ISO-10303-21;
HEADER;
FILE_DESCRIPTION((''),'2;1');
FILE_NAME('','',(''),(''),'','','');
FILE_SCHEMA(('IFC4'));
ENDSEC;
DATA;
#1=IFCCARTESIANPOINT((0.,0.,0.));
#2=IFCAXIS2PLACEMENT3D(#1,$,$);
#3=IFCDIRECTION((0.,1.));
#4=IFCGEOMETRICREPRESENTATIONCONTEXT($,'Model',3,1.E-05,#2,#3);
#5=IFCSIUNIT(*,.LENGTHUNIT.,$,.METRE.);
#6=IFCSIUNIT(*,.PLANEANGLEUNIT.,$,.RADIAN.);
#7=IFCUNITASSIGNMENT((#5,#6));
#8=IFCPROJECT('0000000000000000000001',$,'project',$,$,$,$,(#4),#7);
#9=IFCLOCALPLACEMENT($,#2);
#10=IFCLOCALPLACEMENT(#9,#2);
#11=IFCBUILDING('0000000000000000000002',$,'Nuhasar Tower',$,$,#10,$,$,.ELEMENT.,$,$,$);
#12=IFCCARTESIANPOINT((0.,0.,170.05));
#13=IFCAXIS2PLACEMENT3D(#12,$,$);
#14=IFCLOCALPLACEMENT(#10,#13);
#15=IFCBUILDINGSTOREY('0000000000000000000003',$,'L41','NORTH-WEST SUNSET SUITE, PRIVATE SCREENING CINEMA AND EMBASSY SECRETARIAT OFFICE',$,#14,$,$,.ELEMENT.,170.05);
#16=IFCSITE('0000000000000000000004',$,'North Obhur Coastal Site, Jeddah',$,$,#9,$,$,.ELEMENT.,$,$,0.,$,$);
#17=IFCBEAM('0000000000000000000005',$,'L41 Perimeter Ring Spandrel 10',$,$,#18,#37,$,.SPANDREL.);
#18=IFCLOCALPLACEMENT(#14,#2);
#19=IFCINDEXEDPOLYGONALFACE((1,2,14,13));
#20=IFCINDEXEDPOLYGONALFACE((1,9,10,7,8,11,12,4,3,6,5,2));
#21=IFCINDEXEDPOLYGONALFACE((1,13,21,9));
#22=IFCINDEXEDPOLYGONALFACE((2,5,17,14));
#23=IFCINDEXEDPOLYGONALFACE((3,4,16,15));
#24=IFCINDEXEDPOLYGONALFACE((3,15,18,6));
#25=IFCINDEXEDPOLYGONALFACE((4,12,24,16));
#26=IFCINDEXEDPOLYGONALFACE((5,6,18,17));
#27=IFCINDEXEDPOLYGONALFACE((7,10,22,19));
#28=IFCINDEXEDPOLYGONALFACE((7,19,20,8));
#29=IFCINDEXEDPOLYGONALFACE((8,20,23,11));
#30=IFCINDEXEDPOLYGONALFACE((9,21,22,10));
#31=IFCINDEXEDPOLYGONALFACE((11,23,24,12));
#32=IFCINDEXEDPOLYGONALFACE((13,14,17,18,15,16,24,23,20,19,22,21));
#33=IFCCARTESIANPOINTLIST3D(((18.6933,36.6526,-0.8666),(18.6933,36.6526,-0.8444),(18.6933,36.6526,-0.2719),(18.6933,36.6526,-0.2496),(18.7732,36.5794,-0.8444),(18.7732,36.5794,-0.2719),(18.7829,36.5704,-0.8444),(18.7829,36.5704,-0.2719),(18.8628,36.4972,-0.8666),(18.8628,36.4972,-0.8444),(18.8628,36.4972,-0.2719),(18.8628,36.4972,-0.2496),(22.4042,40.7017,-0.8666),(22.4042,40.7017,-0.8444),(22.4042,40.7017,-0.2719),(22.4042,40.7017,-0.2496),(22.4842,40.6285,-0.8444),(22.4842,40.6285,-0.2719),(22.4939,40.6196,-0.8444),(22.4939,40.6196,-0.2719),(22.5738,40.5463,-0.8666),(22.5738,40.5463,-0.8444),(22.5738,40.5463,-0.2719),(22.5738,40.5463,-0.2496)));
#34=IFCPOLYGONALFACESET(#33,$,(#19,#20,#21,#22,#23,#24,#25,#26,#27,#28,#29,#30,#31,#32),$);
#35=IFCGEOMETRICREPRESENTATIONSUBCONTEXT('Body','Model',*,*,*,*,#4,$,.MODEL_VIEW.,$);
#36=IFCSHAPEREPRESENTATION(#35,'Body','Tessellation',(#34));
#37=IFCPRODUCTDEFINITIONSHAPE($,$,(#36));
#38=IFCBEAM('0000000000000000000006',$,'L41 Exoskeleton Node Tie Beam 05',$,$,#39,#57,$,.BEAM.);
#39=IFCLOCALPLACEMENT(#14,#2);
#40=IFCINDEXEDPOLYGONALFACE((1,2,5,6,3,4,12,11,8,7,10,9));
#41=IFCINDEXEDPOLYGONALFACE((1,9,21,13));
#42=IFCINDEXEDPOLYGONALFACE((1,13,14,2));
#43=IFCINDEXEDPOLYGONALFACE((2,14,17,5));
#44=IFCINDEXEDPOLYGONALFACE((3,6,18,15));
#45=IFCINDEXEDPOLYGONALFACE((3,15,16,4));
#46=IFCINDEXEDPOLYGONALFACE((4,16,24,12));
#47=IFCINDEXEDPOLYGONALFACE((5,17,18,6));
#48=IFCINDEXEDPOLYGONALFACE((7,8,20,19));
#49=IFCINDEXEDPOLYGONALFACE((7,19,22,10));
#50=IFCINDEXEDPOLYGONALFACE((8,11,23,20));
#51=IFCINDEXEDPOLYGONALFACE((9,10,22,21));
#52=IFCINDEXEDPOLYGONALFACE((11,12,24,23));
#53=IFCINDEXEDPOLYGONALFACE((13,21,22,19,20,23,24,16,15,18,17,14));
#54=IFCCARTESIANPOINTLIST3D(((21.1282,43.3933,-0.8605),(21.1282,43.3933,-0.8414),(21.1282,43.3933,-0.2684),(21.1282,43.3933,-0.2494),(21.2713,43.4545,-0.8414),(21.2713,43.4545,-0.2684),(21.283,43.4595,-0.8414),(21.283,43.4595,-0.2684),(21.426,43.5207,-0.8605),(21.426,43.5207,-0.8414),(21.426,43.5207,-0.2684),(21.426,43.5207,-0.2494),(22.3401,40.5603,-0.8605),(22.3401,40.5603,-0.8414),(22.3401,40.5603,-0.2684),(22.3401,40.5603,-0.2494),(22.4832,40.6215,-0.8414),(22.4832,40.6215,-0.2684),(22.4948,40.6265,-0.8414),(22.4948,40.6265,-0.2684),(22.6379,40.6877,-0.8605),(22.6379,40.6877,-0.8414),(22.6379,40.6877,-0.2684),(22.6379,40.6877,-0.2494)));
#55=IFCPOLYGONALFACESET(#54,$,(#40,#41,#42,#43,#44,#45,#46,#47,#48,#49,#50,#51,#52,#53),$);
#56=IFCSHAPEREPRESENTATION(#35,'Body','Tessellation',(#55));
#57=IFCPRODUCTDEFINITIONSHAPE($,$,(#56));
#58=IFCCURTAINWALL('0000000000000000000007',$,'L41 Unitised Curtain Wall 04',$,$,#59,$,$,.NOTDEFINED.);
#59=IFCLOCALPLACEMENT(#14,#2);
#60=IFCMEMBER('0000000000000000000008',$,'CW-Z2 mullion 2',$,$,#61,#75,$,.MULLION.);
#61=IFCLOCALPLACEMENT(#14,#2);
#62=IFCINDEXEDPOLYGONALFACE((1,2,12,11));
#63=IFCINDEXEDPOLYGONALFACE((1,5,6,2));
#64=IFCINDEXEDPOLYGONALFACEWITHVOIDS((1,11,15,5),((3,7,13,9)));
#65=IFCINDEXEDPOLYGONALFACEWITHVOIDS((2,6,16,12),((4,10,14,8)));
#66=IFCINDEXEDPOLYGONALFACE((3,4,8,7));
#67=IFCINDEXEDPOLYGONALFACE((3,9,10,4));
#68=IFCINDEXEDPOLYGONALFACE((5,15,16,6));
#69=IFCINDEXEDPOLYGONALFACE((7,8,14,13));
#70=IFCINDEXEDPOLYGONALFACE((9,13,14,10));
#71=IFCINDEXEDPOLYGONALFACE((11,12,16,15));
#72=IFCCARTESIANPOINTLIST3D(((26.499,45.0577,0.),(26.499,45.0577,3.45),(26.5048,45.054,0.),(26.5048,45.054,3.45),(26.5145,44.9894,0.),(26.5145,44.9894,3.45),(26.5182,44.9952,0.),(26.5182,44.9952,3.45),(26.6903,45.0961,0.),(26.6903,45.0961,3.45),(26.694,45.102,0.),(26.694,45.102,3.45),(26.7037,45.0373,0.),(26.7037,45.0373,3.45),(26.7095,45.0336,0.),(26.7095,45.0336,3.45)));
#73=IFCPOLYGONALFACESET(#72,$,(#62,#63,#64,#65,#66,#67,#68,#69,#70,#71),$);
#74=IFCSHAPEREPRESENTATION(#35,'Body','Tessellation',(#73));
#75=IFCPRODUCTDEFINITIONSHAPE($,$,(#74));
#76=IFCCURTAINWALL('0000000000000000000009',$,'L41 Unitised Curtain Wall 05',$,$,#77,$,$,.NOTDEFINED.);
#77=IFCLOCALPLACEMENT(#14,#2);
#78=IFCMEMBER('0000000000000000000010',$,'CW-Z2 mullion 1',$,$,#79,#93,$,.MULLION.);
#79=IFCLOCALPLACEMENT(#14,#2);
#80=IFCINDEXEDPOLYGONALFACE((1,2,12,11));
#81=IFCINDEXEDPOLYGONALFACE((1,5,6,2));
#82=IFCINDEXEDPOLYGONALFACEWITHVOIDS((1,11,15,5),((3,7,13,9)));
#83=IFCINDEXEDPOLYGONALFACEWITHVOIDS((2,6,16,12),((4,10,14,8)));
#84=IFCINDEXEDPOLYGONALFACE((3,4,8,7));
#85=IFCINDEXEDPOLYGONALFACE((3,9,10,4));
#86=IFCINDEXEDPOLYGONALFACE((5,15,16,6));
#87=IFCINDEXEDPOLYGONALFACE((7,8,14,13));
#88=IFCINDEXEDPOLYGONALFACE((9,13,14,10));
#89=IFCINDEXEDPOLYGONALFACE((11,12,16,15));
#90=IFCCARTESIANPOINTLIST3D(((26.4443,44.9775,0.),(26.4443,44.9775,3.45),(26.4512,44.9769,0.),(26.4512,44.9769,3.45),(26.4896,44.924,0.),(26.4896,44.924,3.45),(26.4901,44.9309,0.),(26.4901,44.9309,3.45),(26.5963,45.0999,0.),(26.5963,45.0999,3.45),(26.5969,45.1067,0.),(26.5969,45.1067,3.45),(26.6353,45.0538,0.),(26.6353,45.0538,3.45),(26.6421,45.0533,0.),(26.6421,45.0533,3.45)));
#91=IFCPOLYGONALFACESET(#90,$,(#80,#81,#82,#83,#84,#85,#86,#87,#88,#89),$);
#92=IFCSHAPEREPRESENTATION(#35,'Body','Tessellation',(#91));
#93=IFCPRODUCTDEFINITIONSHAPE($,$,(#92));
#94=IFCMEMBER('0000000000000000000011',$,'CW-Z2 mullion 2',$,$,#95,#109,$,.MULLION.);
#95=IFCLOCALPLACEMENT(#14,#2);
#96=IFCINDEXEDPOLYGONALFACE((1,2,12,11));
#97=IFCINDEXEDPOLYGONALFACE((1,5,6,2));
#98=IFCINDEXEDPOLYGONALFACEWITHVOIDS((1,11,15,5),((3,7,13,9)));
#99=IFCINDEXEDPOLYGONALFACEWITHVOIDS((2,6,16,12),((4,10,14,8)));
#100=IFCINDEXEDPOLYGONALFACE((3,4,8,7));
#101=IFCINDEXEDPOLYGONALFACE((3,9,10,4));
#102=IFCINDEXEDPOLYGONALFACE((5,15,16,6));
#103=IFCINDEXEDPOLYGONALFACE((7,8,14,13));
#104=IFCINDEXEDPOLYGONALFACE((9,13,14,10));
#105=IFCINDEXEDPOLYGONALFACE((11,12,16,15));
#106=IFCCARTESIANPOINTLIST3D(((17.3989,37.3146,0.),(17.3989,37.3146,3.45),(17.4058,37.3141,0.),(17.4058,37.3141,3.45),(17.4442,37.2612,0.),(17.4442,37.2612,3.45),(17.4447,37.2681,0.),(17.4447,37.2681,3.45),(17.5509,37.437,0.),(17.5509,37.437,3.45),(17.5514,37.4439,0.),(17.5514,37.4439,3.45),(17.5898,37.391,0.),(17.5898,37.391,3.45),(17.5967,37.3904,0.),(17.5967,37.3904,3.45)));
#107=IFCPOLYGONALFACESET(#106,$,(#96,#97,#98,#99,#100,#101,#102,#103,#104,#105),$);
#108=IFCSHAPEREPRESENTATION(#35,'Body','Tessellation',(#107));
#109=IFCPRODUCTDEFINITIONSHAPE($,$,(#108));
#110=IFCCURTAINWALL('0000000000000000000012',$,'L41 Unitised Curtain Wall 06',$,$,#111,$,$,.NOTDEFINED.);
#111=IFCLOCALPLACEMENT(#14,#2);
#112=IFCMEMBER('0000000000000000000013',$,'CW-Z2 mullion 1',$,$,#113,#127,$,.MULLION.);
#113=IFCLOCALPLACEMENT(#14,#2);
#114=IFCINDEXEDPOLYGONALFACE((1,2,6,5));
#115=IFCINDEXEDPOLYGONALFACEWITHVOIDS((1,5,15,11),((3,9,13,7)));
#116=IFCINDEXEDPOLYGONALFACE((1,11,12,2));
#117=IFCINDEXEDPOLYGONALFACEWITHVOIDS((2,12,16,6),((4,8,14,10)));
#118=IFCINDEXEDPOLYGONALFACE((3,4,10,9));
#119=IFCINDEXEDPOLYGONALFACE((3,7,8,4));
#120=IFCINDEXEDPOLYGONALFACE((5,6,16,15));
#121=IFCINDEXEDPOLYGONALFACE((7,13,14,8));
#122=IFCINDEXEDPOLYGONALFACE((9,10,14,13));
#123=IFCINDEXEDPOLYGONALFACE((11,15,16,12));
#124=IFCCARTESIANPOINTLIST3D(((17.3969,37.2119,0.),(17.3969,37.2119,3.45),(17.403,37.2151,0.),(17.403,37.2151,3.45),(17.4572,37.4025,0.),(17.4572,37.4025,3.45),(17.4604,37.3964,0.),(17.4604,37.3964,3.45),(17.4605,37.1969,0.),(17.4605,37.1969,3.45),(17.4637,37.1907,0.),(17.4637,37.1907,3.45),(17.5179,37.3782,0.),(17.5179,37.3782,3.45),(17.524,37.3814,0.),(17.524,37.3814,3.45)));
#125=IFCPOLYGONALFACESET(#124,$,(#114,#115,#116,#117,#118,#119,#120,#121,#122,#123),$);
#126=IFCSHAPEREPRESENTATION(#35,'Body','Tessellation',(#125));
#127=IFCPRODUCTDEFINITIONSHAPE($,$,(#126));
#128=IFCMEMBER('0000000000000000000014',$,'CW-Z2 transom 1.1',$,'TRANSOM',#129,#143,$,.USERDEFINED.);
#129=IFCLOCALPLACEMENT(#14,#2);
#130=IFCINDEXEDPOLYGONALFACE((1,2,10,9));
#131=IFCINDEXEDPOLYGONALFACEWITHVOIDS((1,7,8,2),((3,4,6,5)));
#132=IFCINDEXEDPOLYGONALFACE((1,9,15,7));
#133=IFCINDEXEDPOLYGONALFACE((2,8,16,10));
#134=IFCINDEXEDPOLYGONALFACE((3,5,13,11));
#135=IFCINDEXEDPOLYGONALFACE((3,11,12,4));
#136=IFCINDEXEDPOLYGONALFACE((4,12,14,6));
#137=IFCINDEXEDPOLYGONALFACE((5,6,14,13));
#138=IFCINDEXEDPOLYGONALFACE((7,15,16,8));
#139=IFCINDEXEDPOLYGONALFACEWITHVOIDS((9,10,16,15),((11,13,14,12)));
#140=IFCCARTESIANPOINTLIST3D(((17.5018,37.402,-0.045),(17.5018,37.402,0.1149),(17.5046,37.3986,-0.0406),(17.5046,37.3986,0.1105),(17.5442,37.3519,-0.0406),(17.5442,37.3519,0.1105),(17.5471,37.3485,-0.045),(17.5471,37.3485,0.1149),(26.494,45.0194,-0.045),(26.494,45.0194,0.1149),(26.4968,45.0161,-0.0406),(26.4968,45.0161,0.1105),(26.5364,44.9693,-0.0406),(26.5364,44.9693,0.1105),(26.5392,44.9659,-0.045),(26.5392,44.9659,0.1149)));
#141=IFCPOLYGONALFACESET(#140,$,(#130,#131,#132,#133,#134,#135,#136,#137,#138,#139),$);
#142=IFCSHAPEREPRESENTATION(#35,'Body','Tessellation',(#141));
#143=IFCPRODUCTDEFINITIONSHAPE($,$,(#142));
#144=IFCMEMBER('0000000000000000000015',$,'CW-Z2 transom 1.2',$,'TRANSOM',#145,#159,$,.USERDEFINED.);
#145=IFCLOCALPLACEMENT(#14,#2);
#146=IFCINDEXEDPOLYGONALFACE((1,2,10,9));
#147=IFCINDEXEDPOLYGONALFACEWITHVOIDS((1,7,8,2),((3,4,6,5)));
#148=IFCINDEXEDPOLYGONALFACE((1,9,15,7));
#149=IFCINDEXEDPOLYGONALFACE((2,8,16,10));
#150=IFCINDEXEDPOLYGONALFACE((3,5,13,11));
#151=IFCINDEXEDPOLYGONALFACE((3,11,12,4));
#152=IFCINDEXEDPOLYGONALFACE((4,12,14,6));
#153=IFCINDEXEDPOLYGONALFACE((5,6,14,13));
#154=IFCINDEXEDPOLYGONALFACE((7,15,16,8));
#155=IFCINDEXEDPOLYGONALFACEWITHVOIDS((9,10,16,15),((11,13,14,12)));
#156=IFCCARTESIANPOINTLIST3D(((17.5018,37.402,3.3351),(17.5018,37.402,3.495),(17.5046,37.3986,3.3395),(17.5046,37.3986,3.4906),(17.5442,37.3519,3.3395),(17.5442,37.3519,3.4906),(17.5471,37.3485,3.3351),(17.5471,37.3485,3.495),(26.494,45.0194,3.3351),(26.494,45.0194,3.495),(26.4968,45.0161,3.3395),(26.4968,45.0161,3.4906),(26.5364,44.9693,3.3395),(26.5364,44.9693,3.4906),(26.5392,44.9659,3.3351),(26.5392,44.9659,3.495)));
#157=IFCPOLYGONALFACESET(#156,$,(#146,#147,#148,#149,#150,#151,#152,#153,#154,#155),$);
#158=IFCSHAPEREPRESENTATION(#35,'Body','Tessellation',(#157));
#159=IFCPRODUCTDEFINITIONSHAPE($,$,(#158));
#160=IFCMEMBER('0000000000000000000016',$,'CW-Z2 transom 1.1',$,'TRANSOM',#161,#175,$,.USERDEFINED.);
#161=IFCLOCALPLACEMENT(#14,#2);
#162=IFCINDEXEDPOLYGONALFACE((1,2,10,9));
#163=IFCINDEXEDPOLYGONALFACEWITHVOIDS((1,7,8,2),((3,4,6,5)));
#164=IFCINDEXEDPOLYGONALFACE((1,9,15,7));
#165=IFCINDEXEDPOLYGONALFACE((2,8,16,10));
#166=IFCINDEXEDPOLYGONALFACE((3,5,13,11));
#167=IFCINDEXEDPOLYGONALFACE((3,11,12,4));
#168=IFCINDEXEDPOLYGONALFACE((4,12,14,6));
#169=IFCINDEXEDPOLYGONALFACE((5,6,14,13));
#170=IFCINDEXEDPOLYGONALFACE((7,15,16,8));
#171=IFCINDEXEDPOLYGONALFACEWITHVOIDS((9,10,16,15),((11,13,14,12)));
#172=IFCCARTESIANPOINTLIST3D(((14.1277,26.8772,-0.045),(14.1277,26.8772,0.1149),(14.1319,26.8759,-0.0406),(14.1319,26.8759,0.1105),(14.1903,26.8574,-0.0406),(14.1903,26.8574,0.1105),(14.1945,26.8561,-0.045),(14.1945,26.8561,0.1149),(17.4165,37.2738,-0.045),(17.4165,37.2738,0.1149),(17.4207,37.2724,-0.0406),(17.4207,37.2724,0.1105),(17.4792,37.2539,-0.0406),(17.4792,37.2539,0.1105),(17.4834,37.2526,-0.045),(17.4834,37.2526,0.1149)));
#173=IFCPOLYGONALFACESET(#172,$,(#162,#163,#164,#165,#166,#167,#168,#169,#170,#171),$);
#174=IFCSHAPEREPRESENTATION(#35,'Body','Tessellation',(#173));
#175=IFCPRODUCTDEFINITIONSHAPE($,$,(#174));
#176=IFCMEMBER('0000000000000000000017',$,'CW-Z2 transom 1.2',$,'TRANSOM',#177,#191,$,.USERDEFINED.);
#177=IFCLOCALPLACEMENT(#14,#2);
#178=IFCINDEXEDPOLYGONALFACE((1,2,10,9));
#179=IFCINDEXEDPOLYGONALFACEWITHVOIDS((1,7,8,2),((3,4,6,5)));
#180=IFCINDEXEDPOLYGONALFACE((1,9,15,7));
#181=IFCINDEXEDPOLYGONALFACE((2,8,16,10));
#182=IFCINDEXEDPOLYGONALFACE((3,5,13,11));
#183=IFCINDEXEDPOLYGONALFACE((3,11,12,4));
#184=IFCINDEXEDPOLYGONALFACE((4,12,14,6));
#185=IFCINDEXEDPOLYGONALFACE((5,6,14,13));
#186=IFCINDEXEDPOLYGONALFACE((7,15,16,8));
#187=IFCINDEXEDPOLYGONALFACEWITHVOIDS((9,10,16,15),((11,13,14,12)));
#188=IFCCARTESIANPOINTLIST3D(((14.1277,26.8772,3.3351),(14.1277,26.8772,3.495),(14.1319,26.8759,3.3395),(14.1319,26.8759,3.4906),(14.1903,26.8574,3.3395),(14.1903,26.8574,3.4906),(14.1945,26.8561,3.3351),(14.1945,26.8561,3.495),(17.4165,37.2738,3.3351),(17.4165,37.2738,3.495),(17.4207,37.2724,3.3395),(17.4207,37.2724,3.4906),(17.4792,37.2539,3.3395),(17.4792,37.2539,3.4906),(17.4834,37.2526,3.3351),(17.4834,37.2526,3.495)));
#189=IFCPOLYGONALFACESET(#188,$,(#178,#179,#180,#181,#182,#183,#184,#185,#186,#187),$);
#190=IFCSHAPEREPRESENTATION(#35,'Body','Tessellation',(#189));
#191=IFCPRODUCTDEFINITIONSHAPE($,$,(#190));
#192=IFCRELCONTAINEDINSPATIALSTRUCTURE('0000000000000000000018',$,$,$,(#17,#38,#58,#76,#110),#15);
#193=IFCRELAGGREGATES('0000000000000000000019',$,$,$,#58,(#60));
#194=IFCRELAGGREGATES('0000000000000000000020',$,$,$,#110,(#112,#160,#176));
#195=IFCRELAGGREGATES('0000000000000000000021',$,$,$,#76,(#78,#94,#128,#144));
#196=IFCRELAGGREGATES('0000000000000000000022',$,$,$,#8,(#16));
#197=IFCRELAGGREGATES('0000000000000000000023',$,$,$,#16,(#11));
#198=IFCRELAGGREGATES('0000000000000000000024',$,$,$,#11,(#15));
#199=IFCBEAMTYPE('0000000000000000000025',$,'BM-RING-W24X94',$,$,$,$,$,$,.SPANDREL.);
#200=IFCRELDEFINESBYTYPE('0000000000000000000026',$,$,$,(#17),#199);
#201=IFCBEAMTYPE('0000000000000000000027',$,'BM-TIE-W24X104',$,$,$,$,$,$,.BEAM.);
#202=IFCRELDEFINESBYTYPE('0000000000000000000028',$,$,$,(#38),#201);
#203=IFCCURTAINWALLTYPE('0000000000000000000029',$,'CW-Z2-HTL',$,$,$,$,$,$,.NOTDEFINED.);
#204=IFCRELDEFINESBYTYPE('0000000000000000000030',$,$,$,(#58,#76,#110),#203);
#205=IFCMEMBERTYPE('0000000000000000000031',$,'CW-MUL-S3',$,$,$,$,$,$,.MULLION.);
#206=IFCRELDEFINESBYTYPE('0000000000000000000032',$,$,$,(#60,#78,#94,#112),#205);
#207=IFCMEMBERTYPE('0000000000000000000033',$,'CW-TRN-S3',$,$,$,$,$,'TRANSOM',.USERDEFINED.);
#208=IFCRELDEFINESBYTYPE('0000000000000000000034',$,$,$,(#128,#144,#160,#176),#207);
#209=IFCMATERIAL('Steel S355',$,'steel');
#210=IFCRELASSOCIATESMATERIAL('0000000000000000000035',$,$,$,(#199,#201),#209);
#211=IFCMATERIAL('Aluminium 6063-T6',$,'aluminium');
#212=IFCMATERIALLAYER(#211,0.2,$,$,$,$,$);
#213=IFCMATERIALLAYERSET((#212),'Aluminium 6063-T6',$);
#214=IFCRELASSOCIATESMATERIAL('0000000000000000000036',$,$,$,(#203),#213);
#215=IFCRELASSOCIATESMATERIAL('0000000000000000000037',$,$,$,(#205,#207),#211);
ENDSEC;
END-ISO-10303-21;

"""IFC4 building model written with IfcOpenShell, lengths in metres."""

from ifc_helpers import new_model, si_unit, direction, frame, origin, origin_2d, place, context, subcontext, project, spatial, hollow_rectangle, i_section, extrude, material, layer, layer_set, material_profile, profile_set, type_object, element, aggregate, save


model = new_model("IFC4")

# Units and contexts
model_context = context("Model", 3, precision=1e-05, world=origin(), true_north=direction((0.0, 1.0)))
body_context = subcontext(model_context, "Body", "Model", "MODEL_VIEW")
ifc_project = project(units=[si_unit("LENGTHUNIT", "METRE"), si_unit("PLANEANGLEUNIT", "RADIAN")], contexts=[model_context])

# Site, building, storey
site_placement = place(None, origin())
site = spatial("IfcSite", under=ifc_project, at=site_placement, Name="North Obhur Coastal Site, Jeddah", CompositionType="ELEMENT", RefElevation=0.0)
building_placement = place(site_placement, origin())
building = spatial("IfcBuilding", under=site, at=building_placement, Name="Nuhasar Tower", CompositionType="ELEMENT")
storey_placement = place(building_placement, frame((0.0, 0.0, 170.05)))
storey = spatial("IfcBuildingStorey", under=building, at=storey_placement, Name="L41", Description="NORTH-WEST SUNSET SUITE, PRIVATE SCREENING CINEMA AND EMBASSY SECRETARIAT OFFICE", CompositionType="ELEMENT", Elevation=170.05)

# Beams
ifc_material_1 = material(Name="Steel S355", Category="steel")
ifc_material_profile_1 = material_profile(ifc_material_1, i_section(OverallWidth=0.23, OverallDepth=0.6169, WebThickness=0.0132, FlangeThickness=0.0222, at=origin_2d()), Name="W24X94")
ifc_profile_set_1 = profile_set([ifc_material_profile_1], Name="Steel S355")
beam_type_1 = type_object("IfcBeamType", Name="BM-RING-W24X94", PredefinedType="SPANDREL", material=ifc_profile_set_1)
beam_1_placement = place(storey_placement, frame((22.489, 40.624, -0.5581), z_axis=(-0.675654, -0.737219, 0.0), x_axis=(0.737219, -0.675654, 0.0)))
element("IfcBeam", 1, at=beam_1_placement, inside=storey, type_object=beam_type_1, Name="L41 Perimeter Ring Spandrel 10", PredefinedType="SPANDREL", context=body_context, shape_type="SweptSolid", body=[
    extrude(i_section(OverallWidth=0.23, OverallDepth=0.6169, WebThickness=0.0132, FlangeThickness=0.0222, at=origin_2d()), origin(), (0.0, 0.0, 1.0), 5.4924),
])
ifc_material_profile_2 = material_profile(ifc_material_1, i_section(OverallWidth=0.324, OverallDepth=0.6111, WebThickness=0.0127, FlangeThickness=0.019, at=origin_2d()), Name="W24X104")
ifc_profile_set_2 = profile_set([ifc_material_profile_2], Name="Steel S355")
beam_type_2 = type_object("IfcBeamType", Name="BM-TIE-W24X104", PredefinedType="BEAM", material=ifc_profile_set_2)
beam_2_placement = place(storey_placement, frame((22.489, 40.624, -0.5549), z_axis=(-0.393307, 0.919407, 0.0), x_axis=(-0.919407, -0.393307, 0.0)))
element("IfcBeam", 2, at=beam_2_placement, inside=storey, type_object=beam_type_2, Name="L41 Exoskeleton Node Tie Beam 05", PredefinedType="BEAM", context=body_context, shape_type="SweptSolid", body=[
    extrude(i_section(OverallWidth=0.324, OverallDepth=0.6111, WebThickness=0.0127, FlangeThickness=0.019, at=origin_2d()), origin(), (0.0, 0.0, 1.0), 3.0813),
])

# Curtain wall, member
ifc_material_2 = material(Name="Aluminium 6063-T6", Category="aluminium")
ifc_layer_1 = layer(ifc_material_2, 0.2)
ifc_layer_set_1 = layer_set([ifc_layer_1], Name="Aluminium 6063-T6")
curtain_wall_type = type_object("IfcCurtainWallType", Name="CW-Z2-HTL", PredefinedType="NOTDEFINED", material=ifc_layer_set_1)
curtain_wall_1_placement = place(storey_placement, origin())
curtain_wall_1 = element("IfcCurtainWall", 3, at=curtain_wall_1_placement, inside=storey, type_object=curtain_wall_type, Name="L41 Unitised Curtain Wall 04", PredefinedType="NOTDEFINED")
ifc_material_profile_3 = material_profile(ifc_material_2, hollow_rectangle(XDim=0.0701, YDim=0.2, WallThickness=0.0049, at=origin_2d()), Name="CWM-3")
ifc_profile_set_3 = profile_set([ifc_material_profile_3], Name="Aluminium 6063-T6")
member_type_1 = type_object("IfcMemberType", Name="CW-MUL-S3", PredefinedType="MULLION", material=ifc_profile_set_3)
member_1_placement = place(storey_placement, frame((26.6042, 45.0457, 0.0), z_axis=(0.0, 0.0, 1.0), x_axis=(0.221397, -0.975184, 0.0)))
member_1 = element("IfcMember", 4, at=member_1_placement, type_object=member_type_1, Name="CW-Z2 mullion 2", PredefinedType="MULLION", context=body_context, shape_type="SweptSolid", body=[
    extrude(hollow_rectangle(XDim=0.0701, YDim=0.2, WallThickness=0.0049, at=origin_2d()), origin(), (0.0, 0.0, 1.0), 3.45),
])
aggregate(curtain_wall_1, [member_1])

# Curtain wall, members
curtain_wall_2_placement = place(storey_placement, origin())
curtain_wall_2 = element("IfcCurtainWall", 5, at=curtain_wall_2_placement, inside=storey, type_object=curtain_wall_type, Name="L41 Unitised Curtain Wall 05", PredefinedType="NOTDEFINED")
member_2_placement = place(storey_placement, frame((26.5432, 45.0154, 0.0), z_axis=(0.0, 0.0, 1.0), x_axis=(0.646374, -0.76302, 0.0)))
member_2 = element("IfcMember", 6, at=member_2_placement, type_object=member_type_1, Name="CW-Z2 mullion 1", PredefinedType="MULLION", context=body_context, shape_type="SweptSolid", body=[
    extrude(hollow_rectangle(XDim=0.0701, YDim=0.2, WallThickness=0.0049, at=origin_2d()), origin(), (0.0, 0.0, 1.0), 3.45),
])
member_3_placement = place(storey_placement, frame((17.4978, 37.3525, 0.0), z_axis=(0.0, 0.0, 1.0), x_axis=(0.646374, -0.76302, 0.0)))
member_3 = element("IfcMember", 7, at=member_3_placement, type_object=member_type_1, Name="CW-Z2 mullion 2", PredefinedType="MULLION", context=body_context, shape_type="SweptSolid", body=[
    extrude(hollow_rectangle(XDim=0.0701, YDim=0.2, WallThickness=0.0049, at=origin_2d()), origin(), (0.0, 0.0, 1.0), 3.45),
])

# Curtain wall, member
curtain_wall_3_placement = place(storey_placement, origin())
curtain_wall_3 = element("IfcCurtainWall", 8, at=curtain_wall_3_placement, inside=storey, type_object=curtain_wall_type, Name="L41 Unitised Curtain Wall 06", PredefinedType="NOTDEFINED")
member_4_placement = place(storey_placement, frame((17.4604, 37.2966, 0.0), z_axis=(0.0, 0.0, 1.0), x_axis=(0.953433, -0.301604, 0.0)))
member_4 = element("IfcMember", 9, at=member_4_placement, type_object=member_type_1, Name="CW-Z2 mullion 1", PredefinedType="MULLION", context=body_context, shape_type="SweptSolid", body=[
    extrude(hollow_rectangle(XDim=0.0701, YDim=0.2, WallThickness=0.0049, at=origin_2d()), origin(), (0.0, 0.0, 1.0), 3.45),
])

# Members
ifc_material_profile_4 = material_profile(ifc_material_2, hollow_rectangle(XDim=0.0701, YDim=0.1599, WallThickness=0.0044, at=origin_2d()), Name="CWT-3")
ifc_profile_set_4 = profile_set([ifc_material_profile_4], Name="Aluminium 6063-T6")
member_type_2 = type_object("IfcMemberType", Name="CW-TRN-S3", ElementType="TRANSOM", PredefinedType="USERDEFINED", material=ifc_profile_set_4)
member_5_placement = place(storey_placement, frame((26.5166, 44.9927, 0.0349), z_axis=(-0.763024, -0.64637, 0.0), x_axis=(0.64637, -0.763024, 0.0)))
member_5 = element("IfcMember", 10, at=member_5_placement, type_object=member_type_2, Name="CW-Z2 transom 1.1", ObjectType="TRANSOM", PredefinedType="USERDEFINED", context=body_context, shape_type="SweptSolid", body=[
    extrude(hollow_rectangle(XDim=0.0701, YDim=0.1599, WallThickness=0.0044, at=origin_2d()), origin(), (0.0, 0.0, 1.0), 11.7849),
])
member_6_placement = place(storey_placement, frame((26.5166, 44.9927, 3.415), z_axis=(-0.763024, -0.64637, 0.0), x_axis=(0.64637, -0.763024, 0.0)))
member_6 = element("IfcMember", 11, at=member_6_placement, type_object=member_type_2, Name="CW-Z2 transom 1.2", ObjectType="TRANSOM", PredefinedType="USERDEFINED", context=body_context, shape_type="SweptSolid", body=[
    extrude(hollow_rectangle(XDim=0.0701, YDim=0.1599, WallThickness=0.0044, at=origin_2d()), origin(), (0.0, 0.0, 1.0), 11.7849),
])
member_7_placement = place(storey_placement, frame((17.45, 37.2632, 0.0349), z_axis=(-0.301608, -0.953432, 0.0), x_axis=(0.953432, -0.301608, 0.0)))
member_7 = element("IfcMember", 12, at=member_7_placement, type_object=member_type_2, Name="CW-Z2 transom 1.1", ObjectType="TRANSOM", PredefinedType="USERDEFINED", context=body_context, shape_type="SweptSolid", body=[
    extrude(hollow_rectangle(XDim=0.0701, YDim=0.1599, WallThickness=0.0044, at=origin_2d()), origin(), (0.0, 0.0, 1.0), 10.9043),
])
member_8_placement = place(storey_placement, frame((17.45, 37.2632, 3.415), z_axis=(-0.301608, -0.953432, 0.0), x_axis=(0.953432, -0.301608, 0.0)))
member_8 = element("IfcMember", 13, at=member_8_placement, type_object=member_type_2, Name="CW-Z2 transom 1.2", ObjectType="TRANSOM", PredefinedType="USERDEFINED", context=body_context, shape_type="SweptSolid", body=[
    extrude(hollow_rectangle(XDim=0.0701, YDim=0.1599, WallThickness=0.0044, at=origin_2d()), origin(), (0.0, 0.0, 1.0), 10.9043),
])
aggregate(curtain_wall_3, [member_4, member_7, member_8])

aggregate(curtain_wall_2, [member_2, member_3, member_5, member_6])

save(model, "model.ifc")
